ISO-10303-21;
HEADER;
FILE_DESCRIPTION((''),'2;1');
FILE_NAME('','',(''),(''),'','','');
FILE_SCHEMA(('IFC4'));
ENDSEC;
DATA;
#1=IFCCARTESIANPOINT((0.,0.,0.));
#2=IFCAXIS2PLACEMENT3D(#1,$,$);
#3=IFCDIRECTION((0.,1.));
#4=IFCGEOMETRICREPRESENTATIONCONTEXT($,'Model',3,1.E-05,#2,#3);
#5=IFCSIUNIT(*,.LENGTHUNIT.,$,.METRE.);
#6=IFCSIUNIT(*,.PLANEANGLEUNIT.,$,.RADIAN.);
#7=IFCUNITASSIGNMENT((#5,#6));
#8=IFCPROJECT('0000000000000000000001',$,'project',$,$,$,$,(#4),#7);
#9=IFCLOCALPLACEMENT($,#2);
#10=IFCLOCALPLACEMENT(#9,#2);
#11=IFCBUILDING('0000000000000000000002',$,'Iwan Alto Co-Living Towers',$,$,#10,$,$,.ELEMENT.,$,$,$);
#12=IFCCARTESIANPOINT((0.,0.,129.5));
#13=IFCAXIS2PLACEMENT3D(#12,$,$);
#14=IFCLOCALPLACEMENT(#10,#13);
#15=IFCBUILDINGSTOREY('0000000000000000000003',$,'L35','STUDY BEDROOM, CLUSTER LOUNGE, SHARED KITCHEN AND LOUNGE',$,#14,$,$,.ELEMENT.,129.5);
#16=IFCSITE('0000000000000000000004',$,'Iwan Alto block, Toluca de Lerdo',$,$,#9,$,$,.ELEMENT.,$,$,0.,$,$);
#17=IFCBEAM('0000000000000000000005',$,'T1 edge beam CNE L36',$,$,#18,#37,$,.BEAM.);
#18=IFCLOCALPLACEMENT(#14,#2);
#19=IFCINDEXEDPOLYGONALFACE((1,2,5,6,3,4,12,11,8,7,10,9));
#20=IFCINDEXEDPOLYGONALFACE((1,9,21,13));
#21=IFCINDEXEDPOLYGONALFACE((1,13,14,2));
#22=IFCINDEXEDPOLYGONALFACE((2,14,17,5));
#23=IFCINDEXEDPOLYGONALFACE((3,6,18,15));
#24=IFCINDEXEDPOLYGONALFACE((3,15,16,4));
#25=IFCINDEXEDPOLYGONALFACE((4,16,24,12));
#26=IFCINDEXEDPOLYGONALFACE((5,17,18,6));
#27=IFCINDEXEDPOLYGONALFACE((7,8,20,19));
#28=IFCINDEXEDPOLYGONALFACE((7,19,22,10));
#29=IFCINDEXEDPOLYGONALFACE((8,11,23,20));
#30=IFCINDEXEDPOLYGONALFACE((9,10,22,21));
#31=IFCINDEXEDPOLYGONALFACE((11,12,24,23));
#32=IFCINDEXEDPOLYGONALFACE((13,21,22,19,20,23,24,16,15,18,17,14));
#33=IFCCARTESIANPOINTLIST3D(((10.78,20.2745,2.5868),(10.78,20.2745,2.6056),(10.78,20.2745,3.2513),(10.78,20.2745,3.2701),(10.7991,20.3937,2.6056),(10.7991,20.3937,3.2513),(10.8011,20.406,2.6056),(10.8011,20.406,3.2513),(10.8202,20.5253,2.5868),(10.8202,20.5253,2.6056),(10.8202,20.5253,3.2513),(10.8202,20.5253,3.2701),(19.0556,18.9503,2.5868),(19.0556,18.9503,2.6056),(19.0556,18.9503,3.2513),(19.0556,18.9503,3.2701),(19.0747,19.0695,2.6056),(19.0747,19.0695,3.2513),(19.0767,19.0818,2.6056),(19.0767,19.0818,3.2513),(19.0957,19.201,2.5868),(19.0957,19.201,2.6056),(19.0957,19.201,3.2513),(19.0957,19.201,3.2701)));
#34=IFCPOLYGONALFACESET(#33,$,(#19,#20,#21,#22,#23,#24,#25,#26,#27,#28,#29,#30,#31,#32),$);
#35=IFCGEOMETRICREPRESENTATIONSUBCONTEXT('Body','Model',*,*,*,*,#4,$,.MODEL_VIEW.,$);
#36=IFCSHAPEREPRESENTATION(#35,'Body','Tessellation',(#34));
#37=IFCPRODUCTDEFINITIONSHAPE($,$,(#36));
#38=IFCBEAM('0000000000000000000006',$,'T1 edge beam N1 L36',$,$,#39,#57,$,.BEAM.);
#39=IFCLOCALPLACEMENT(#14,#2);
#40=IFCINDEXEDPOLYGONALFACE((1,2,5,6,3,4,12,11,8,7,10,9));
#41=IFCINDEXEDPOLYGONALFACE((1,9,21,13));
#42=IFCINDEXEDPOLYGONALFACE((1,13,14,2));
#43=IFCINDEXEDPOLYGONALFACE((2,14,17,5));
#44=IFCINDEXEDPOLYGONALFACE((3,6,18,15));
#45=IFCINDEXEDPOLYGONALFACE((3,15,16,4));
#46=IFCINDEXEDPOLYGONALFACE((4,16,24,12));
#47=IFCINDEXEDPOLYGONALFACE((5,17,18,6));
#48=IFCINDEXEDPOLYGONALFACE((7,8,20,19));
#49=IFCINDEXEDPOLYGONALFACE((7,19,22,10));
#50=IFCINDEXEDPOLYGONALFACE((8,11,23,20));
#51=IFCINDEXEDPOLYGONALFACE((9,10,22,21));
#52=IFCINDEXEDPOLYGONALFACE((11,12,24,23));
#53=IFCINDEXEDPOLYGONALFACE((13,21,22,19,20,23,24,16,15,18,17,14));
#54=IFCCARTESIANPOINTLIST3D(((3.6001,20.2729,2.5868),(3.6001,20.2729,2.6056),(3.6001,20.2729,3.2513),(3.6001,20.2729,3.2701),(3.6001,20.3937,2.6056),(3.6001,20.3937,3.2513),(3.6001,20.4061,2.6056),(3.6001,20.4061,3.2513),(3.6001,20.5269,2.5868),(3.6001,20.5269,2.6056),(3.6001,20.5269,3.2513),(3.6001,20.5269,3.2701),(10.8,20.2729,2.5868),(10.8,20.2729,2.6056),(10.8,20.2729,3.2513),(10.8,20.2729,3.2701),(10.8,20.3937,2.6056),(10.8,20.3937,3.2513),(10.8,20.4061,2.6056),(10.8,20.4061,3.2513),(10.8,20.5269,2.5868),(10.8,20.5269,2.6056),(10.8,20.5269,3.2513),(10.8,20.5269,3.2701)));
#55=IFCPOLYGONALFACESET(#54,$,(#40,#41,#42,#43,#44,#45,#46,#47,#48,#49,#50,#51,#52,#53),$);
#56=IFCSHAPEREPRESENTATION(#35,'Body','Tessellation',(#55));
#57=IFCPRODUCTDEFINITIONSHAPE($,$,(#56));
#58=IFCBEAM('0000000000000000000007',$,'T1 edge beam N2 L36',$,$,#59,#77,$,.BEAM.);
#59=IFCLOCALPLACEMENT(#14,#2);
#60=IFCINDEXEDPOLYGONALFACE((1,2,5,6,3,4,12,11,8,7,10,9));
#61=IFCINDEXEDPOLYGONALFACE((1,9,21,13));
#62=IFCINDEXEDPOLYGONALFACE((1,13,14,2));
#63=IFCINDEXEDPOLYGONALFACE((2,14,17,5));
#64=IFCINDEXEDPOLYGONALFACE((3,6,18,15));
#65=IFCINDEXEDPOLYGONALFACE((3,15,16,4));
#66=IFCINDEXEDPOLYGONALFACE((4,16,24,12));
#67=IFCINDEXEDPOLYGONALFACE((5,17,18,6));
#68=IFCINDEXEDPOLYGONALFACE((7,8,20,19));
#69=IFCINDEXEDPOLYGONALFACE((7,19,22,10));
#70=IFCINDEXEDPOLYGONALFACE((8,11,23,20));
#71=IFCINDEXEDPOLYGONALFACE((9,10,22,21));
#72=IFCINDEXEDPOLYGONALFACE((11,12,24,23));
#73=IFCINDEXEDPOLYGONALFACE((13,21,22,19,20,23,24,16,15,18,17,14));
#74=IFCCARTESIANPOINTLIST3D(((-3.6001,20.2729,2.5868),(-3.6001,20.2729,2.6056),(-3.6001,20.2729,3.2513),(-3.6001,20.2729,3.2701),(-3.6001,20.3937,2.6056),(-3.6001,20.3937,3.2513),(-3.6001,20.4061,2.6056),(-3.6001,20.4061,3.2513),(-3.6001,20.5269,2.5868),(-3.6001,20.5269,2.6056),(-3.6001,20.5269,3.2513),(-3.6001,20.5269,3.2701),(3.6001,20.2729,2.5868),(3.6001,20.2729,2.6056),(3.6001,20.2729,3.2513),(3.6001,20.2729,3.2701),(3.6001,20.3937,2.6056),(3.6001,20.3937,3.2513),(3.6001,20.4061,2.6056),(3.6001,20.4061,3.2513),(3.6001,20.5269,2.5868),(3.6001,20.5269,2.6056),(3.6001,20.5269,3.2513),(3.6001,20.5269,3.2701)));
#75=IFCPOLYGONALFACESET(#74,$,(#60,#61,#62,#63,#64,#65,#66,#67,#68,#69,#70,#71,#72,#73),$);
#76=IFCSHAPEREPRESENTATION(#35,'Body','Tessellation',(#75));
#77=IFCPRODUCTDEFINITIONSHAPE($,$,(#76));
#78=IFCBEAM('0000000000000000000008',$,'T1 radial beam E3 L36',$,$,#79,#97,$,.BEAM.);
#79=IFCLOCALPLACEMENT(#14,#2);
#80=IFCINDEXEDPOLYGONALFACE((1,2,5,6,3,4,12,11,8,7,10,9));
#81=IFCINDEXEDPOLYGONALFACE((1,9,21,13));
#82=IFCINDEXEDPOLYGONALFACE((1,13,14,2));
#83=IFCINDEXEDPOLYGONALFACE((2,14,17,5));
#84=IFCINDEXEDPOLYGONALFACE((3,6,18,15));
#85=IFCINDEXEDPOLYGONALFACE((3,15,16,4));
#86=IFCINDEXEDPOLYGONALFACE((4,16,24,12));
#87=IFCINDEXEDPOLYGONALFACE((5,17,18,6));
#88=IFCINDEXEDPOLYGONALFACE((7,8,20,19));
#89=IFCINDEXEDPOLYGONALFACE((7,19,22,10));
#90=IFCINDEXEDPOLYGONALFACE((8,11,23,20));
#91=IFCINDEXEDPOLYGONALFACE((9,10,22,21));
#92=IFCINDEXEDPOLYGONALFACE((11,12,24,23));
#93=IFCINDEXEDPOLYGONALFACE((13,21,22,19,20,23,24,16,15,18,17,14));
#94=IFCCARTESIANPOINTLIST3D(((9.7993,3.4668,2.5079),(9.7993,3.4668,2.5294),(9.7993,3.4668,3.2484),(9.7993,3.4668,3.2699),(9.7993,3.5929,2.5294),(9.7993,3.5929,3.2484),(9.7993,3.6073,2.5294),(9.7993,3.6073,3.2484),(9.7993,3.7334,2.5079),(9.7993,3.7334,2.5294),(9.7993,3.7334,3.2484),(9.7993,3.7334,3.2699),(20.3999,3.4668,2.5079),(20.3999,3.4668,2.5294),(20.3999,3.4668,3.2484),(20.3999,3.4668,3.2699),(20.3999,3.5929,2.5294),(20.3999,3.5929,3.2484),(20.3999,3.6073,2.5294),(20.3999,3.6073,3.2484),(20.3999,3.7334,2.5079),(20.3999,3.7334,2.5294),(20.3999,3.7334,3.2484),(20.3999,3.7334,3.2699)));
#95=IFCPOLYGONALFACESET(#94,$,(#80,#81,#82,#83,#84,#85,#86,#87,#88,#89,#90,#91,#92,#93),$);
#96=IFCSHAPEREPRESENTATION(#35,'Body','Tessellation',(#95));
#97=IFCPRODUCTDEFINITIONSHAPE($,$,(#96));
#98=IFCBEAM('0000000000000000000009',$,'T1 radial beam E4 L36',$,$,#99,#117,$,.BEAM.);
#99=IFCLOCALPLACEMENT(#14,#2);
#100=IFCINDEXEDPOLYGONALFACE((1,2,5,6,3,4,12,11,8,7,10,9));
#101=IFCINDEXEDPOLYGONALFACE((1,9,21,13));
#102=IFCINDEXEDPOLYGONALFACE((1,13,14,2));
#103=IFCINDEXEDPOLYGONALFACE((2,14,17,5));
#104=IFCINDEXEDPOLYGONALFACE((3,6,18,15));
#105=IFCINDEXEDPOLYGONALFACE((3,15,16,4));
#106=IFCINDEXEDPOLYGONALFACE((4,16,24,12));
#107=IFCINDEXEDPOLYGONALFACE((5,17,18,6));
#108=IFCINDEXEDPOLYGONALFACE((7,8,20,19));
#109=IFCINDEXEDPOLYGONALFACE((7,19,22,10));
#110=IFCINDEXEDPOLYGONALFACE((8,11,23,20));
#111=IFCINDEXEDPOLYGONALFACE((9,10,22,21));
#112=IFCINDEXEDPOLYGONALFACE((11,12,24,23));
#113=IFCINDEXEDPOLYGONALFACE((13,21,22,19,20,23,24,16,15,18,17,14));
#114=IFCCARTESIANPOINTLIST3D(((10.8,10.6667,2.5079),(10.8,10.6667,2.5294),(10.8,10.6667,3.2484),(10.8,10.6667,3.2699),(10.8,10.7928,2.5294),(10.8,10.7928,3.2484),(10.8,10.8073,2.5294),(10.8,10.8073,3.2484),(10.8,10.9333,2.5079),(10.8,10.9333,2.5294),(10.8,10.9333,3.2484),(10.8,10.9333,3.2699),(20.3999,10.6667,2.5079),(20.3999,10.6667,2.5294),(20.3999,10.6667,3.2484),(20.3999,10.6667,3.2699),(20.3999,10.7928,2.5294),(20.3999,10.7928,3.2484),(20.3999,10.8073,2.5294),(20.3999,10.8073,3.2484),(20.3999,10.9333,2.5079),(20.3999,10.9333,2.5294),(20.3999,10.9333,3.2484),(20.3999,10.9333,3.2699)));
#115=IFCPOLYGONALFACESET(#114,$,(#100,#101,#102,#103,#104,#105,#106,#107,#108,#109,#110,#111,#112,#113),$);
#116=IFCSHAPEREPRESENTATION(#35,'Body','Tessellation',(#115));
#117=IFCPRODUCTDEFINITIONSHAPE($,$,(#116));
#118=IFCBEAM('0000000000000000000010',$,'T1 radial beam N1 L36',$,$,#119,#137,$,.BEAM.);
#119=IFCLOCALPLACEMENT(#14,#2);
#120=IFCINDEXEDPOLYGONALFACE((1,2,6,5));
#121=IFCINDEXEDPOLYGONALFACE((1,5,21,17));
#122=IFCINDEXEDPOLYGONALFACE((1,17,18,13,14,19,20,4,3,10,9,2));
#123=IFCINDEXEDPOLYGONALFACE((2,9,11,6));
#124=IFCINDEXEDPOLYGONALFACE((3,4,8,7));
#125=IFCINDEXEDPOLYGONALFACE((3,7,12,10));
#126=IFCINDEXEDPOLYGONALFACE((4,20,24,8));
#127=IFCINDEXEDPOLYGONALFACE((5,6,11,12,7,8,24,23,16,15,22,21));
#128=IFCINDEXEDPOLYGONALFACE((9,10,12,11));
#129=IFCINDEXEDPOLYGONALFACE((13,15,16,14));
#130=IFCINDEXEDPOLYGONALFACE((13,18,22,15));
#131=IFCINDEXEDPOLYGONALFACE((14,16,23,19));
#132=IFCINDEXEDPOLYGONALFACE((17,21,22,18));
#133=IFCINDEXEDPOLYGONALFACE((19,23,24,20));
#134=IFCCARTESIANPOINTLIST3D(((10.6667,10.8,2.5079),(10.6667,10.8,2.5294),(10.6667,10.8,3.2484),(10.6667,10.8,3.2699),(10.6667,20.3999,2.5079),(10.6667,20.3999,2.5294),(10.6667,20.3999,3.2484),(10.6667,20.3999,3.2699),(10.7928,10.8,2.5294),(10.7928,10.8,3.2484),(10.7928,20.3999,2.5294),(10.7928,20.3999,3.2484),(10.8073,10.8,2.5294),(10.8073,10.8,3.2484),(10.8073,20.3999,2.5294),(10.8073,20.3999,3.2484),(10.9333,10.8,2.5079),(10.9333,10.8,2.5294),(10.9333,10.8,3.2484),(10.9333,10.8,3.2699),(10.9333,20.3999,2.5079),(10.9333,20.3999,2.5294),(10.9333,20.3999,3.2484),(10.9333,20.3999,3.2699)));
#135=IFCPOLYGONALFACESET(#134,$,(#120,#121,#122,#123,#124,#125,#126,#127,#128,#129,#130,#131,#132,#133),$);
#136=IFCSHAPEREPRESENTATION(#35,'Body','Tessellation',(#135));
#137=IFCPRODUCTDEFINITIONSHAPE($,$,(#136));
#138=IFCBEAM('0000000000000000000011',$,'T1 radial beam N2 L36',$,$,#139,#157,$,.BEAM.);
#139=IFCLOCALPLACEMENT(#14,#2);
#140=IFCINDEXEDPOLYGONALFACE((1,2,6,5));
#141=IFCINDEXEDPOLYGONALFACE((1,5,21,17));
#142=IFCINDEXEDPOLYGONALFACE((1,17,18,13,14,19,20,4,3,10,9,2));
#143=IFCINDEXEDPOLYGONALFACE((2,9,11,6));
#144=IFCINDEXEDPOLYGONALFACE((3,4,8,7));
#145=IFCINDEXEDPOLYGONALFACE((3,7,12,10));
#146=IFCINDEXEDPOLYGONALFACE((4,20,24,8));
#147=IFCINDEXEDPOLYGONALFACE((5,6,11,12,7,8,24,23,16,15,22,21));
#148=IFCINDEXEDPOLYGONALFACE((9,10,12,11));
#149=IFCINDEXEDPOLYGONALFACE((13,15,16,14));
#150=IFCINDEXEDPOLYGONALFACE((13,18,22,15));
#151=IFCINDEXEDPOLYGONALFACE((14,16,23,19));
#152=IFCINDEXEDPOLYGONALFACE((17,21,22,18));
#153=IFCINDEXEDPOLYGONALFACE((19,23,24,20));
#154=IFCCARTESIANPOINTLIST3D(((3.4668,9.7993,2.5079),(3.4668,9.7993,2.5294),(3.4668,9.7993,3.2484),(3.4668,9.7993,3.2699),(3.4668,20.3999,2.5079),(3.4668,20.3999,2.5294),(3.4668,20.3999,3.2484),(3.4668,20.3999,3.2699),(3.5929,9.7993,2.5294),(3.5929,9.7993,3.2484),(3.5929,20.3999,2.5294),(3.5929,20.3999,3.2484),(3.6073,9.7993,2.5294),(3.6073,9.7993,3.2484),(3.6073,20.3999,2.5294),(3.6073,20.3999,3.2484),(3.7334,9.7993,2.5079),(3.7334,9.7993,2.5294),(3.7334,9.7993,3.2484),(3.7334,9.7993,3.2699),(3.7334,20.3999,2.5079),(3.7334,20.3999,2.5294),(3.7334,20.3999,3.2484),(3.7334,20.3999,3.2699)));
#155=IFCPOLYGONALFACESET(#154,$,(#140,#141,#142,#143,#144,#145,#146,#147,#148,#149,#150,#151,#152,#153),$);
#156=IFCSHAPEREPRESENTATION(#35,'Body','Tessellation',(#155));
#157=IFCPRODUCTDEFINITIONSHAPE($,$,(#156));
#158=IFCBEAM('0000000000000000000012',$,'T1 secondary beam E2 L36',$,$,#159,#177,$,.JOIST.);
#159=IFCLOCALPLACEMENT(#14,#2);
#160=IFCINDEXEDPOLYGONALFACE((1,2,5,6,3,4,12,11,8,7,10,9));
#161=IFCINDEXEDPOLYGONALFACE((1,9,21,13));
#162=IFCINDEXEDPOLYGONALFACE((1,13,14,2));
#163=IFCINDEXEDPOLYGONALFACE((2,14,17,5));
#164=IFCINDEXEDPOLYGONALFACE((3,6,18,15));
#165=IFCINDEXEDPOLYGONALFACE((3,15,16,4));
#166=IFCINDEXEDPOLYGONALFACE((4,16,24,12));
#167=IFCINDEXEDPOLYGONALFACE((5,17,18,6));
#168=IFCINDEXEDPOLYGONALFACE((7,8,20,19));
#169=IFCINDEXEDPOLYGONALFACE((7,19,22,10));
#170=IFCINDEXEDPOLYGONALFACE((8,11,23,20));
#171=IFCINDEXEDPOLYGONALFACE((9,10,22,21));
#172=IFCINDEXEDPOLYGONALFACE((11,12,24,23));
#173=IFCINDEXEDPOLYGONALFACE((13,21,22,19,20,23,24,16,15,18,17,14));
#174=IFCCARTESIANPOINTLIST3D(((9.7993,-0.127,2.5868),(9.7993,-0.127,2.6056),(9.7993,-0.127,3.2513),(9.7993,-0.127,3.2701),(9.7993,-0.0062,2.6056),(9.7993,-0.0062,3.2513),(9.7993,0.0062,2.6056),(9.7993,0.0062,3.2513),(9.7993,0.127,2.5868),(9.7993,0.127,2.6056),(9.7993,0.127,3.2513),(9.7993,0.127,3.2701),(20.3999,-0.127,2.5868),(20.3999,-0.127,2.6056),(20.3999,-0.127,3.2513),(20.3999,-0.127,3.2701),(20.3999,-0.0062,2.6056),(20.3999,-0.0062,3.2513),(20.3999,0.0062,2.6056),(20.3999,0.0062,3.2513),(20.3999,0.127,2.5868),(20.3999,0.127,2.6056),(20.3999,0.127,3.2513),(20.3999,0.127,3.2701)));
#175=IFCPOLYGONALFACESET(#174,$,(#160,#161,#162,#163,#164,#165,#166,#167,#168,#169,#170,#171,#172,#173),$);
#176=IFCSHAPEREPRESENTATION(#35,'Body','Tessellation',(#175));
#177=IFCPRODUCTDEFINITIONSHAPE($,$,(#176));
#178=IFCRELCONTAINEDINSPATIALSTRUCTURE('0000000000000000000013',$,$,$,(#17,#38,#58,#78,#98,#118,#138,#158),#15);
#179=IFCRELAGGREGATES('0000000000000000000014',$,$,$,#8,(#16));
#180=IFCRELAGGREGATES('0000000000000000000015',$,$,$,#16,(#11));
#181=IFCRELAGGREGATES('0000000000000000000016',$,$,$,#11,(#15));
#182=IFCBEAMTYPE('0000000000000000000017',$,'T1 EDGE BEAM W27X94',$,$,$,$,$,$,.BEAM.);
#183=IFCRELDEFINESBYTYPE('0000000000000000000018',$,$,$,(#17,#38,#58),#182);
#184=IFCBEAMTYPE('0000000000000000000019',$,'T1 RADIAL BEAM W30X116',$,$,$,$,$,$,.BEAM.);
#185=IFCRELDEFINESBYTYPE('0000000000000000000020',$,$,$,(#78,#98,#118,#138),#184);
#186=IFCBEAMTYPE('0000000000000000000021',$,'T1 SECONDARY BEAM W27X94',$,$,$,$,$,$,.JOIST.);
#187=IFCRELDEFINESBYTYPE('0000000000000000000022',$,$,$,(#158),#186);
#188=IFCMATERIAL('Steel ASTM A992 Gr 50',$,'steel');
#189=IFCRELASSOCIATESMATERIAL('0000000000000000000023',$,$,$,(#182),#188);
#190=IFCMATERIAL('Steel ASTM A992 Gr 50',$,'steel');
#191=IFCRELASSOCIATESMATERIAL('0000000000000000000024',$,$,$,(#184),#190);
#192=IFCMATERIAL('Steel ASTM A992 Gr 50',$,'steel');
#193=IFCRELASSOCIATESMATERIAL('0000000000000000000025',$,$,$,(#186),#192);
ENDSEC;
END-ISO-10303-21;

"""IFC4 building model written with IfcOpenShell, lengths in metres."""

from ifc_helpers import new_model, si_unit, direction, frame, origin, origin_2d, place, context, subcontext, project, spatial, i_section, extrude, material, material_profile, profile_set, type_object, element, save


model = new_model("IFC4")

# Units and contexts
model_context = context("Model", 3, precision=1e-05, world=origin(), true_north=direction((0.0, 1.0)))
body_context = subcontext(model_context, "Body", "Model", "MODEL_VIEW")
ifc_project = project(units=[si_unit("LENGTHUNIT", "METRE"), si_unit("PLANEANGLEUNIT", "RADIAN")], contexts=[model_context])

# Site, building, storey
site_placement = place(None, origin())
site = spatial("IfcSite", under=ifc_project, at=site_placement, Name="Iwan Alto block, Toluca de Lerdo", CompositionType="ELEMENT", RefElevation=0.0)
building_placement = place(site_placement, origin())
building = spatial("IfcBuilding", under=site, at=building_placement, Name="Iwan Alto Co-Living Towers", CompositionType="ELEMENT")
storey_placement = place(building_placement, frame((0.0, 0.0, 129.5)))
storey = spatial("IfcBuildingStorey", under=building, at=storey_placement, Name="L35", Description="STUDY BEDROOM, CLUSTER LOUNGE, SHARED KITCHEN AND LOUNGE", CompositionType="ELEMENT", Elevation=129.5)

# Beams
ifc_material_1 = material(Name="Steel ASTM A992 Gr 50", Category="steel")
ifc_material_profile_1 = material_profile(ifc_material_1, i_section(OverallWidth=0.2539, OverallDepth=0.6833, WebThickness=0.0125, FlangeThickness=0.0188, at=origin_2d()), Name="W27X94")
ifc_profile_set_1 = profile_set([ifc_material_profile_1], Name="Steel ASTM A992 Gr 50")
beam_type_1 = type_object("IfcBeamType", Name="T1 EDGE BEAM W27X94", PredefinedType="BEAM", material=ifc_profile_set_1)
for number, where, z_axis, x_axis, name in (
    (1, (19.0757, 19.0757, 2.9285), (-0.987438, 0.158004, 0.0), (-0.158004, -0.987438, 0.0), "T1 edge beam CNE L36"),
):
    element("IfcBeam", number, at=place(storey_placement, frame(where, z_axis=z_axis, x_axis=x_axis)), inside=storey, type_object=beam_type_1, Name=name, PredefinedType="BEAM", context=body_context, shape_type="SweptSolid", body=[
        extrude(i_section(OverallWidth=0.2539, OverallDepth=0.6833, WebThickness=0.0125, FlangeThickness=0.0188, at=origin_2d()), origin(), (0.0, 0.0, 1.0), 8.3809),
    ])
beam_1_placement = place(storey_placement, frame((10.8, 20.3999, 2.9285), z_axis=(-1.0, 0.0, 0.0), x_axis=(0.0, -1.0, 0.0)))
element("IfcBeam", 2, at=beam_1_placement, inside=storey, type_object=beam_type_1, Name="T1 edge beam N1 L36", PredefinedType="BEAM", context=body_context, shape_type="SweptSolid", body=[
    extrude(i_section(OverallWidth=0.2539, OverallDepth=0.6833, WebThickness=0.0125, FlangeThickness=0.0188, at=origin_2d()), origin(), (0.0, 0.0, 1.0), 7.2),
])
beam_2_placement = place(storey_placement, frame((3.6001, 20.3999, 2.9285), z_axis=(-1.0, 0.0, 0.0), x_axis=(0.0, -1.0, 0.0)))
element("IfcBeam", 3, at=beam_2_placement, inside=storey, type_object=beam_type_1, Name="T1 edge beam N2 L36", PredefinedType="BEAM", context=body_context, shape_type="SweptSolid", body=[
    extrude(i_section(OverallWidth=0.2539, OverallDepth=0.6833, WebThickness=0.0125, FlangeThickness=0.0188, at=origin_2d()), origin(), (0.0, 0.0, 1.0), 7.2002),
])
ifc_material_2 = material(Name="Steel ASTM A992 Gr 50", Category="steel")
ifc_material_profile_2 = material_profile(ifc_material_2, i_section(OverallWidth=0.2666, OverallDepth=0.762, WebThickness=0.0144, FlangeThickness=0.0215, at=origin_2d()), Name="W30X116")
ifc_profile_set_2 = profile_set([ifc_material_profile_2], Name="Steel ASTM A992 Gr 50")
beam_type_2 = type_object("IfcBeamType", Name="T1 RADIAL BEAM W30X116", PredefinedType="BEAM", material=ifc_profile_set_2)
beam_3_placement = place(storey_placement, frame((20.3999, 3.6001, 2.8889), z_axis=(-1.0, 0.0, 0.0), x_axis=(0.0, -1.0, 0.0)))
element("IfcBeam", 4, at=beam_3_placement, inside=storey, type_object=beam_type_2, Name="T1 radial beam E3 L36", PredefinedType="BEAM", context=body_context, shape_type="SweptSolid", body=[
    extrude(i_section(OverallWidth=0.2666, OverallDepth=0.762, WebThickness=0.0144, FlangeThickness=0.0215, at=origin_2d()), origin(), (0.0, 0.0, 1.0), 10.6006),
])
for number, where, z_axis, x_axis, name in (
    (5, (20.3999, 10.8, 2.8889), (-1.0, 0.0, 0.0), (0.0, -1.0, 0.0), "T1 radial beam E4 L36"),
    (6, (10.8, 20.3999, 2.8889), (0.0, -1.0, 0.0), (1.0, 0.0, 0.0), "T1 radial beam N1 L36"),
):
    element("IfcBeam", number, at=place(storey_placement, frame(where, z_axis=z_axis, x_axis=x_axis)), inside=storey, type_object=beam_type_2, Name=name, PredefinedType="BEAM", context=body_context, shape_type="SweptSolid", body=[
        extrude(i_section(OverallWidth=0.2666, OverallDepth=0.762, WebThickness=0.0144, FlangeThickness=0.0215, at=origin_2d()), origin(), (0.0, 0.0, 1.0), 9.5999),
    ])
beam_4_placement = place(storey_placement, frame((3.6001, 20.3999, 2.8889), z_axis=(0.0, -1.0, 0.0), x_axis=(1.0, 0.0, 0.0)))
element("IfcBeam", 7, at=beam_4_placement, inside=storey, type_object=beam_type_2, Name="T1 radial beam N2 L36", PredefinedType="BEAM", context=body_context, shape_type="SweptSolid", body=[
    extrude(i_section(OverallWidth=0.2666, OverallDepth=0.762, WebThickness=0.0144, FlangeThickness=0.0215, at=origin_2d()), origin(), (0.0, 0.0, 1.0), 10.6006),
])
ifc_material_3 = material(Name="Steel ASTM A992 Gr 50", Category="steel")
ifc_material_profile_3 = material_profile(ifc_material_3, i_section(OverallWidth=0.2539, OverallDepth=0.6833, WebThickness=0.0125, FlangeThickness=0.0188, at=origin_2d()), Name="W27X94")
ifc_profile_set_3 = profile_set([ifc_material_profile_3], Name="Steel ASTM A992 Gr 50")
beam_type_3 = type_object("IfcBeamType", Name="T1 SECONDARY BEAM W27X94", PredefinedType="JOIST", material=ifc_profile_set_3)
for number, where, z_axis, x_axis, name in (
    (8, (20.3999, 0.0, 2.9285), (-1.0, 0.0, 0.0), (0.0, -1.0, 0.0), "T1 secondary beam E2 L36"),
):
    element("IfcBeam", number, at=place(storey_placement, frame(where, z_axis=z_axis, x_axis=x_axis)), inside=storey, type_object=beam_type_3, Name=name, PredefinedType="JOIST", context=body_context, shape_type="SweptSolid", body=[
        extrude(i_section(OverallWidth=0.2539, OverallDepth=0.6833, WebThickness=0.0125, FlangeThickness=0.0188, at=origin_2d()), origin(), (0.0, 0.0, 1.0), 10.6006),
    ])

save(model, "model.ifc")
